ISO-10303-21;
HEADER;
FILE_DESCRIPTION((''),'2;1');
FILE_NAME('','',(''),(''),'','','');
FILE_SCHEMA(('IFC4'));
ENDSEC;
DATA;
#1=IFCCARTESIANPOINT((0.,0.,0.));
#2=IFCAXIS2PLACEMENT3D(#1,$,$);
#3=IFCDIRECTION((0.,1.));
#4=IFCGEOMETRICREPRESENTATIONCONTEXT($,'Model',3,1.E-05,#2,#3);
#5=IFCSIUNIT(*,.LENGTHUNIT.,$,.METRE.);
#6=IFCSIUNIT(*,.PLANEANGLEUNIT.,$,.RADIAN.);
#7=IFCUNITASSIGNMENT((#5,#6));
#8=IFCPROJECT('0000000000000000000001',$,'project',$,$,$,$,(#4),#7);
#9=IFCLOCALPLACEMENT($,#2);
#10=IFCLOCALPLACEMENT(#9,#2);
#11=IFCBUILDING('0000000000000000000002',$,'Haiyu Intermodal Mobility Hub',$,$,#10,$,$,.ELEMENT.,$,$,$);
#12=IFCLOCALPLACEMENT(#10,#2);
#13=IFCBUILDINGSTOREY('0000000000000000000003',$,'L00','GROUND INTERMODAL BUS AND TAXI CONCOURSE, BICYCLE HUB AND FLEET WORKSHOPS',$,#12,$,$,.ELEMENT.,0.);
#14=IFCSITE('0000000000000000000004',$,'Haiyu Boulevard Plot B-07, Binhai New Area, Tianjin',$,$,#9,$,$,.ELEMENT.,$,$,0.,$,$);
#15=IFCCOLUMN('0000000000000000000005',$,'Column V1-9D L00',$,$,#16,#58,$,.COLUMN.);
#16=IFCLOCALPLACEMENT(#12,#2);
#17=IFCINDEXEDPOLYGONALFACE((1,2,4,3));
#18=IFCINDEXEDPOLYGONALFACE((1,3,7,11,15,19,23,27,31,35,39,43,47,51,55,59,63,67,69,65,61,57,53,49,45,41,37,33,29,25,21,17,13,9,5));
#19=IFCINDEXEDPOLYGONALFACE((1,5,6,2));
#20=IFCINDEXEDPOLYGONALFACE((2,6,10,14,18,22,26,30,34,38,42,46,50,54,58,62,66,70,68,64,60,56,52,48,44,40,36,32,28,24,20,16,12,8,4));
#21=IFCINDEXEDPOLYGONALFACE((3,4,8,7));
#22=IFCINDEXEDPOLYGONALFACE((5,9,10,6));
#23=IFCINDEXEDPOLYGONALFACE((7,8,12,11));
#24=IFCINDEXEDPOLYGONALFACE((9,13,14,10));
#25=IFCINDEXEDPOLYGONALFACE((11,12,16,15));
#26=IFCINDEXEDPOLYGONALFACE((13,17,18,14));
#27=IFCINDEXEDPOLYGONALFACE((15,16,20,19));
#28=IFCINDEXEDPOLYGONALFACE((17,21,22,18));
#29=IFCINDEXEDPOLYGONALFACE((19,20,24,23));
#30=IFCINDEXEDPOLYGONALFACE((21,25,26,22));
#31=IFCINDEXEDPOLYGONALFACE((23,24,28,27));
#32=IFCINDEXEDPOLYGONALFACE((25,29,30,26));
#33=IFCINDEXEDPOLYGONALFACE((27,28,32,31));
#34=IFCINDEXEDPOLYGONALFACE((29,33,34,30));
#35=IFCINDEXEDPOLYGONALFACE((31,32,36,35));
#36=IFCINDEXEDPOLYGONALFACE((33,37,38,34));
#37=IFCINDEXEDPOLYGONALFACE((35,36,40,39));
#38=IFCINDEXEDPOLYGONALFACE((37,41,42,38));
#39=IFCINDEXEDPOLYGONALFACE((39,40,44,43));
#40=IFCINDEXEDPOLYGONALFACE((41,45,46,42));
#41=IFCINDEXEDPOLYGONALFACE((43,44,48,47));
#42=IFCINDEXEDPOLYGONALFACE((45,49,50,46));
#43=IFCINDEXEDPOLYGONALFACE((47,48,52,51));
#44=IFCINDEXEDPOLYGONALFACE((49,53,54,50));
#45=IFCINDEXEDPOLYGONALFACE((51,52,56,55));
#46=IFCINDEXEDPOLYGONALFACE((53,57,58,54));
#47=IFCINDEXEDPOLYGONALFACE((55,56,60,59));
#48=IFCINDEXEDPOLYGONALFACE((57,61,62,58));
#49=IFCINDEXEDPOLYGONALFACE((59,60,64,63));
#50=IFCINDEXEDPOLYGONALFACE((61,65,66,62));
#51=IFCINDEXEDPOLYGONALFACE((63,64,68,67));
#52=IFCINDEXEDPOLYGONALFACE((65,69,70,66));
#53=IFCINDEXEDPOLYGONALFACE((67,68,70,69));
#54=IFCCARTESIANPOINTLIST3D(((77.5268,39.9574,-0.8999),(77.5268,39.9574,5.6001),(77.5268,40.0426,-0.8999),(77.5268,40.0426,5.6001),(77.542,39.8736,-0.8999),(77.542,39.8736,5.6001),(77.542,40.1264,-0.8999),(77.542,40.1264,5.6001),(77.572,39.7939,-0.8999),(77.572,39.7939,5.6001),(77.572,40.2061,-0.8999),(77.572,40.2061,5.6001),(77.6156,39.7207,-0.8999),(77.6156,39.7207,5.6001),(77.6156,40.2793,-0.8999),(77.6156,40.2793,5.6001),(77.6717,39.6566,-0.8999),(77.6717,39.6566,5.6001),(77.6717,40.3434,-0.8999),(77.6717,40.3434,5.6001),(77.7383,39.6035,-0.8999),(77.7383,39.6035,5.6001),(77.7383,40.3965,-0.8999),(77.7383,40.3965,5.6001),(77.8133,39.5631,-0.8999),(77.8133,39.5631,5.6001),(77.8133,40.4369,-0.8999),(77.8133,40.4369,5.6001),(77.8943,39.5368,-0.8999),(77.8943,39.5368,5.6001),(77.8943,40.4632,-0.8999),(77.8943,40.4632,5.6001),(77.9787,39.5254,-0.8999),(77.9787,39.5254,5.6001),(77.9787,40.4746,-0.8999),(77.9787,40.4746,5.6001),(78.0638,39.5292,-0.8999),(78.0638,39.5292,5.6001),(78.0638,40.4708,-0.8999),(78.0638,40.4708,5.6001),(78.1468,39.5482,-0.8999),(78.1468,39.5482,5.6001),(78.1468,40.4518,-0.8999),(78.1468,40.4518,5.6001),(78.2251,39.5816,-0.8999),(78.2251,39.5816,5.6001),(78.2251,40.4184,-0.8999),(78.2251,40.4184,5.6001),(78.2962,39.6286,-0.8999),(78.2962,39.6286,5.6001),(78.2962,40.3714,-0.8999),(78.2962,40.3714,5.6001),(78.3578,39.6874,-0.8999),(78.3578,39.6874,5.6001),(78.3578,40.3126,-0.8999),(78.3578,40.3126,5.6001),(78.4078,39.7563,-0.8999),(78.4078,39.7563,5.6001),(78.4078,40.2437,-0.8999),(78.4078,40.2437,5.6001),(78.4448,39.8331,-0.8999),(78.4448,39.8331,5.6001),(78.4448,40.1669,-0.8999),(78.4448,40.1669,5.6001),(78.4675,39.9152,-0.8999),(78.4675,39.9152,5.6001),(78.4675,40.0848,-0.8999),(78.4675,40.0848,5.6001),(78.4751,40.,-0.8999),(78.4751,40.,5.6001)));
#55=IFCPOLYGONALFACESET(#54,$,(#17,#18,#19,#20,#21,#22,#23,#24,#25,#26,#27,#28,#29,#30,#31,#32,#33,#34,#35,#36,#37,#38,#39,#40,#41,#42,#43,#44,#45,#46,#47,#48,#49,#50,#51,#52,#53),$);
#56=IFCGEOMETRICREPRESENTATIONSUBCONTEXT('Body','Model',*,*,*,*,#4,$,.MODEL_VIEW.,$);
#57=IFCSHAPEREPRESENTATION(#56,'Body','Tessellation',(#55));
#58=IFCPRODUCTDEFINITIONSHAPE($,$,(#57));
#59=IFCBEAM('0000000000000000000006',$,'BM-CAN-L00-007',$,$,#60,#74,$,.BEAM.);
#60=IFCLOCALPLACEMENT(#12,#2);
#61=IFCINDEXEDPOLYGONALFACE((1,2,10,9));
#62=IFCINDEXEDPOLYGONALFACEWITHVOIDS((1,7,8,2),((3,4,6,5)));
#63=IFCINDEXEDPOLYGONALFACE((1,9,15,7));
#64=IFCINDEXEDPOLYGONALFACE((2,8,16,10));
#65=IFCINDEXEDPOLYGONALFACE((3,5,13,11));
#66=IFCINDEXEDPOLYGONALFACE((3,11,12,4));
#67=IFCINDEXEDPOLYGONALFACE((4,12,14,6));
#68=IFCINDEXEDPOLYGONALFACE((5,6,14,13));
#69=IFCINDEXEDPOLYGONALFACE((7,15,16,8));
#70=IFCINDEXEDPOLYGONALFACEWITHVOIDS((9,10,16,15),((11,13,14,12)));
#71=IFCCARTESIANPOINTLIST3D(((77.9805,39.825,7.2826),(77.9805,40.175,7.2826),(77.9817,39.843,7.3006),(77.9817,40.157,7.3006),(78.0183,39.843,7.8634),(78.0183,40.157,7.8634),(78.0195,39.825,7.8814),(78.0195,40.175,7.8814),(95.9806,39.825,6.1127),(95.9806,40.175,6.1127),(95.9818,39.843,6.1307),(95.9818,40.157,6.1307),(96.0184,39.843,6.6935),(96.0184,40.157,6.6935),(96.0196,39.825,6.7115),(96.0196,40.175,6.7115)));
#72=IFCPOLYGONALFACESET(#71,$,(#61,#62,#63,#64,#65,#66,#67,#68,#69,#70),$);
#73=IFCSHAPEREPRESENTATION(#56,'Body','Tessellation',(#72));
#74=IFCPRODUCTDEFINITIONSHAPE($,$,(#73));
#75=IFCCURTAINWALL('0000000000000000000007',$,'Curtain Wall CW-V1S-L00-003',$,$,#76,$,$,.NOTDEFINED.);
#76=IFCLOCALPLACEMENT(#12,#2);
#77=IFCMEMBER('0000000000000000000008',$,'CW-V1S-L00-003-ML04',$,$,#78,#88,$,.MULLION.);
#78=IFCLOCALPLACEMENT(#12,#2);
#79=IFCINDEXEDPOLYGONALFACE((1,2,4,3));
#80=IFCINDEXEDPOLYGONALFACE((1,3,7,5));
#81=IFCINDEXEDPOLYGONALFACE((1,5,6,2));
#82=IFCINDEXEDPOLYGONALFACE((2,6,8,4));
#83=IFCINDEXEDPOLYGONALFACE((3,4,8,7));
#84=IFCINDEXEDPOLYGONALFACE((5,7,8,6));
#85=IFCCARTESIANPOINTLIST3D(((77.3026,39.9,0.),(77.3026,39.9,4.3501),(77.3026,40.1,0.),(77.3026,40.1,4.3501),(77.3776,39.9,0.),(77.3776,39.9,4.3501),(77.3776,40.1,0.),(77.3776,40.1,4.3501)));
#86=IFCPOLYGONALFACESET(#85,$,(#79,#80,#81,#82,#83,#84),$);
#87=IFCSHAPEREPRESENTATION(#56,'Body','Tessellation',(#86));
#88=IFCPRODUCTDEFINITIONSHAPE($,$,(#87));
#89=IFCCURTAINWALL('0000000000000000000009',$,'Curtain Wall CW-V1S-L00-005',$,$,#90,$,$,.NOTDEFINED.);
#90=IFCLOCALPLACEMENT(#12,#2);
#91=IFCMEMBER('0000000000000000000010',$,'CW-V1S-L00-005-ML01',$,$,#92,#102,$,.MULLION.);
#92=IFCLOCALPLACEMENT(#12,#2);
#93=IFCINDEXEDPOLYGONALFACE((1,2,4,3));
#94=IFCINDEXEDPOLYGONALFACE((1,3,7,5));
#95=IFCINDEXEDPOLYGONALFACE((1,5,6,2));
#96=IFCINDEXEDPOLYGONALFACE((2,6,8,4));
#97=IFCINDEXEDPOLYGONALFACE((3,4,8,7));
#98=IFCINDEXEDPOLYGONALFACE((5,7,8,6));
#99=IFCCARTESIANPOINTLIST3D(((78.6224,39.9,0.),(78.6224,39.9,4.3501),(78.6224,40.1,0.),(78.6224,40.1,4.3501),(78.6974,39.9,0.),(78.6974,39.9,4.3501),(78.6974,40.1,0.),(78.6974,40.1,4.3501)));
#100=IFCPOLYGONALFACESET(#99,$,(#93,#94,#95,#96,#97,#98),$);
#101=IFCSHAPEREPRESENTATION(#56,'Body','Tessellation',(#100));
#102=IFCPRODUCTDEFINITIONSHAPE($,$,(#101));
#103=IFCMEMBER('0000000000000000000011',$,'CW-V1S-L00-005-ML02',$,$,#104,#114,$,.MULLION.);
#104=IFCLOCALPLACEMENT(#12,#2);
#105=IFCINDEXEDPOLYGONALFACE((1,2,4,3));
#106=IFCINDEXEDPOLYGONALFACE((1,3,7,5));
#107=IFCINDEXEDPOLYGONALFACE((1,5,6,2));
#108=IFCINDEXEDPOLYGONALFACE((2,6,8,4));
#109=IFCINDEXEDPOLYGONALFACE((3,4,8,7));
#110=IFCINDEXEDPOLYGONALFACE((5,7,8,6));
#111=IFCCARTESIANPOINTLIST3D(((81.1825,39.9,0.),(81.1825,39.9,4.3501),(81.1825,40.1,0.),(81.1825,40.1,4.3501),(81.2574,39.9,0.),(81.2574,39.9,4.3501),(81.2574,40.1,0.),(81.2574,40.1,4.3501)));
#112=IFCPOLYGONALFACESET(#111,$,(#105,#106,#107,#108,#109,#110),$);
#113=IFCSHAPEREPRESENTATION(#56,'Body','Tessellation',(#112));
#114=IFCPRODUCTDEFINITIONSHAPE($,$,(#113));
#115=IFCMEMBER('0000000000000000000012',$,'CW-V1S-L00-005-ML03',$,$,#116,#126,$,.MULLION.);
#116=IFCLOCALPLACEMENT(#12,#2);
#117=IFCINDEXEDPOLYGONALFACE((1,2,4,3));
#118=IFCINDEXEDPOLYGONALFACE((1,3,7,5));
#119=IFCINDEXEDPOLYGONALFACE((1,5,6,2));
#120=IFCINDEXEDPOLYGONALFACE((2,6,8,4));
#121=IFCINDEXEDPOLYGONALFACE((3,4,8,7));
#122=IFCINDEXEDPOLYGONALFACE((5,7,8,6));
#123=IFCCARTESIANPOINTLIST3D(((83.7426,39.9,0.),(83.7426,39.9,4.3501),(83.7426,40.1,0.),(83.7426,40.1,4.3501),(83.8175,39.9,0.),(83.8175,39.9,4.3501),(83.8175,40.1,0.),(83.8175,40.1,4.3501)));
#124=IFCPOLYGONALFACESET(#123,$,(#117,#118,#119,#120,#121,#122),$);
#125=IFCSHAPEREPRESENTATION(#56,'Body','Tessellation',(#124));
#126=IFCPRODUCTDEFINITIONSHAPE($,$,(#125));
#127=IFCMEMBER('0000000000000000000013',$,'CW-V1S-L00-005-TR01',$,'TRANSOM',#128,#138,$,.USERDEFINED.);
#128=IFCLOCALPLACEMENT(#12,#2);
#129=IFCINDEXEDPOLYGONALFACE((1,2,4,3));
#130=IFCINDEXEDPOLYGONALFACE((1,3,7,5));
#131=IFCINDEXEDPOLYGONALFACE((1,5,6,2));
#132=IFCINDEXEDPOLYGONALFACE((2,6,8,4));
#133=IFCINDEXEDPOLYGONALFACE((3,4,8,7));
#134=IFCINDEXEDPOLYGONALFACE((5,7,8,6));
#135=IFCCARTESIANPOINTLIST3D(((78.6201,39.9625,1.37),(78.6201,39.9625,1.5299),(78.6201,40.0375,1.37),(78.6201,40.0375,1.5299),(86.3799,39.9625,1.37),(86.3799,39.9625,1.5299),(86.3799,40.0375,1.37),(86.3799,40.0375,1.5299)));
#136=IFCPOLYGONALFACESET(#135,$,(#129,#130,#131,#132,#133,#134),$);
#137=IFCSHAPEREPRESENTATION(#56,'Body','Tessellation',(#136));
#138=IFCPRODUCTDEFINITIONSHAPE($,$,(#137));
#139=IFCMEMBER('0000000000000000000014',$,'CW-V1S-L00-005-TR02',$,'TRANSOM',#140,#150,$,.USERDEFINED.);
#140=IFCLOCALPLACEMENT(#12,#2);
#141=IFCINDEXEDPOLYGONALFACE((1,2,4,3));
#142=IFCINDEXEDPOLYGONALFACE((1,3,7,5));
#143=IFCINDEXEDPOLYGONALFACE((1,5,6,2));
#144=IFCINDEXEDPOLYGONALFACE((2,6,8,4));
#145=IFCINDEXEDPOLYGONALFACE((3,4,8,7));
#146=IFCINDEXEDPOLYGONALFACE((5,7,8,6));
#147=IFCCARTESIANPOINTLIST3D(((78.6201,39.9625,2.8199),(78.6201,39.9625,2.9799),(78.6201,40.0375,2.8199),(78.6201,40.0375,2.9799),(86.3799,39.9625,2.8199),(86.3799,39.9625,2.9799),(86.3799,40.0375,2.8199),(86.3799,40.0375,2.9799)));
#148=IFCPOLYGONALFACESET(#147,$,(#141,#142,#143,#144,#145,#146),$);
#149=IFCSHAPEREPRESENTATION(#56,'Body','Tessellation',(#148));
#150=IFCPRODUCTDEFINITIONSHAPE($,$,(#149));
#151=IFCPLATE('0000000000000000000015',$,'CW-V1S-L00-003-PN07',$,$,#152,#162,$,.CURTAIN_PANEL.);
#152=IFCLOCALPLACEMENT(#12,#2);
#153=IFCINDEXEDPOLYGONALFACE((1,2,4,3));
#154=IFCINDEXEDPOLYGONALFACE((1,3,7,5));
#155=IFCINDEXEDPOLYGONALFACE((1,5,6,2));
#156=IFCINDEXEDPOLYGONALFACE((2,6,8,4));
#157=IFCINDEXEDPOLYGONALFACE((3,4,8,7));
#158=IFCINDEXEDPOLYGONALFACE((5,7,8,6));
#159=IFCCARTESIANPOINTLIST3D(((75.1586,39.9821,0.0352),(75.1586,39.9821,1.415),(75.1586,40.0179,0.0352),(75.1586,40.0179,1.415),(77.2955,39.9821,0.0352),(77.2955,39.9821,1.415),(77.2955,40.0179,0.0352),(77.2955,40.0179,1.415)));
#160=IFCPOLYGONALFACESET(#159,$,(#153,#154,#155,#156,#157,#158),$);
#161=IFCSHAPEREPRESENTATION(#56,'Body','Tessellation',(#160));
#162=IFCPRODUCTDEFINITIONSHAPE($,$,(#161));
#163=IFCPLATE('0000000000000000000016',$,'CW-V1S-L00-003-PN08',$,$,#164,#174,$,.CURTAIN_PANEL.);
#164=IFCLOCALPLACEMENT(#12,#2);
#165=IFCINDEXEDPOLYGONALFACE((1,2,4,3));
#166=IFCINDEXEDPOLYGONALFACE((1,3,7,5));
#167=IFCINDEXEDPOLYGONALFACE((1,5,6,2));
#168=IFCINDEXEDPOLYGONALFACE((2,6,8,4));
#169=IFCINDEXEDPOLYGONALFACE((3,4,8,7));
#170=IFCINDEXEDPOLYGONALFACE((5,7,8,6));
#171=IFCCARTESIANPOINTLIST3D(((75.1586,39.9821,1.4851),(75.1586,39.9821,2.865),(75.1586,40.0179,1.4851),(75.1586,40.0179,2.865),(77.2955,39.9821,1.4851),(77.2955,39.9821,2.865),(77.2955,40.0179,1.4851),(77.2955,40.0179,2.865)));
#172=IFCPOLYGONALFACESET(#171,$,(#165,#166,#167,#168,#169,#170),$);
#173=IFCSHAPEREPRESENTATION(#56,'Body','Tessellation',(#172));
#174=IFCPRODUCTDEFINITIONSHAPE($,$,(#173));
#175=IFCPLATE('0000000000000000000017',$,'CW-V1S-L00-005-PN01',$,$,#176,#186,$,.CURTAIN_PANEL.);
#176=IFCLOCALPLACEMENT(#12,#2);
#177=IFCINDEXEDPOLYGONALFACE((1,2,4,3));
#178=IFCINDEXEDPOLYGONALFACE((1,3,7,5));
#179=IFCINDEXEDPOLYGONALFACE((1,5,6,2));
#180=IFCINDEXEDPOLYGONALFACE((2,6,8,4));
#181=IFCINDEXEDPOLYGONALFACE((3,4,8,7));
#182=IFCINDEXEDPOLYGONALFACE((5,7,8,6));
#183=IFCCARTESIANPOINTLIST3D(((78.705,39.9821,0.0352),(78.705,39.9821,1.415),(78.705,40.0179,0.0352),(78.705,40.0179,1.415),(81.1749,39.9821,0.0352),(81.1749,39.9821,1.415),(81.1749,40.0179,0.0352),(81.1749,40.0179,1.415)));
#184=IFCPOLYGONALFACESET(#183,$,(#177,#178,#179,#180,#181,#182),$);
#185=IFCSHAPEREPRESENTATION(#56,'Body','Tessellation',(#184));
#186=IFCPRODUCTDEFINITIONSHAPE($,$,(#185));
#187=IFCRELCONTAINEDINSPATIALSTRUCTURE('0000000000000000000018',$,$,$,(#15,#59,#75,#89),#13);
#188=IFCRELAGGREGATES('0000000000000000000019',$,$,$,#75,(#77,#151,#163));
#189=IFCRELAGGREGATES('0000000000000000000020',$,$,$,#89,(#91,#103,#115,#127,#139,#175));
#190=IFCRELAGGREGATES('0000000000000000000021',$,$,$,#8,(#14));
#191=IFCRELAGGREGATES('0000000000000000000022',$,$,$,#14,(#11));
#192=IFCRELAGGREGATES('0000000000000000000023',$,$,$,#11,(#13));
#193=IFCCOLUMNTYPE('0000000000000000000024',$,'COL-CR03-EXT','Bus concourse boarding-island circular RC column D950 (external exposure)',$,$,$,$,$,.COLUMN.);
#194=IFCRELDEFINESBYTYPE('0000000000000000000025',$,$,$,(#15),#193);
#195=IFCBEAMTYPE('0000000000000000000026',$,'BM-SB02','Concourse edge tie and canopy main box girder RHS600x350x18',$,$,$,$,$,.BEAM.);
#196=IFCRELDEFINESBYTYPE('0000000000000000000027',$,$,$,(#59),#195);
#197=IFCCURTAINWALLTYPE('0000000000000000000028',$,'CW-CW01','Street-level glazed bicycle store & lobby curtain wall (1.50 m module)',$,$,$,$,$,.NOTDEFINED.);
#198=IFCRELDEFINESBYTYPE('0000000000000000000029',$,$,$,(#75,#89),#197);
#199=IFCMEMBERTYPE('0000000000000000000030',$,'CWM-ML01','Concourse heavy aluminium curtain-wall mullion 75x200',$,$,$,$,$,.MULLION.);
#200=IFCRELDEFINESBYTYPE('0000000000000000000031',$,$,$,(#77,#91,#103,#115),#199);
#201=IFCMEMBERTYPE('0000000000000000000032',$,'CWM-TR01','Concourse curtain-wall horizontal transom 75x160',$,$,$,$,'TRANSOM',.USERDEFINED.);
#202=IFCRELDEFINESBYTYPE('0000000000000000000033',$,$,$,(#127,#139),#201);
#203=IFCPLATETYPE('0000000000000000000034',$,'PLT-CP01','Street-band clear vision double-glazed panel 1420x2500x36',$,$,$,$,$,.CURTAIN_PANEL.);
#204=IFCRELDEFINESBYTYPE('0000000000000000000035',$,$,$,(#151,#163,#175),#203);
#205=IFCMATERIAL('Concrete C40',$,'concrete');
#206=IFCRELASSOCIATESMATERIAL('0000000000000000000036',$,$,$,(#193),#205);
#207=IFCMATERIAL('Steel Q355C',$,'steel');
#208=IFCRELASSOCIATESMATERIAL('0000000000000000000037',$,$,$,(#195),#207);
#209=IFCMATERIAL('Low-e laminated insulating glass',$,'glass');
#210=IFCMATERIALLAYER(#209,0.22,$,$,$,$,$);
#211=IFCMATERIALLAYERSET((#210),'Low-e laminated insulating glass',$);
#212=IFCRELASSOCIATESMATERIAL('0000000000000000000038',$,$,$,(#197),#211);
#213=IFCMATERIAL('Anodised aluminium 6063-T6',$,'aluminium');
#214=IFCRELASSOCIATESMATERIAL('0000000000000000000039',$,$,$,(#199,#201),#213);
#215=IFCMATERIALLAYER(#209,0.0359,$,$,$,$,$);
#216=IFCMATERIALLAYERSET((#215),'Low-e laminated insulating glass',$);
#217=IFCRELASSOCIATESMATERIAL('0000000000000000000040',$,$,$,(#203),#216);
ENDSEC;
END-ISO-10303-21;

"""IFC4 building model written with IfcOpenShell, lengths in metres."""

from ifc_helpers import new_model, si_unit, direction, frame, origin, origin_2d, place, context, subcontext, project, spatial, rectangle, hollow_rectangle, circle, extrude, material, layer, layer_set, material_profile, profile_set, type_object, element, aggregate, save


model = new_model("IFC4")

# Units and contexts
model_context = context("Model", 3, precision=1e-05, world=origin(), true_north=direction((0.0, 1.0)))
body_context = subcontext(model_context, "Body", "Model", "MODEL_VIEW")
ifc_project = project(units=[si_unit("LENGTHUNIT", "METRE"), si_unit("PLANEANGLEUNIT", "RADIAN")], contexts=[model_context])

# Site, building, storey
site_placement = place(None, origin())
site = spatial("IfcSite", under=ifc_project, at=site_placement, Name="Haiyu Boulevard Plot B-07, Binhai New Area, Tianjin", CompositionType="ELEMENT", RefElevation=0.0)
building_placement = place(site_placement, origin())
building = spatial("IfcBuilding", under=site, at=building_placement, Name="Haiyu Intermodal Mobility Hub", CompositionType="ELEMENT")
storey_placement = place(building_placement, origin())
storey = spatial("IfcBuildingStorey", under=building, at=storey_placement, Name="L00", Description="GROUND INTERMODAL BUS AND TAXI CONCOURSE, BICYCLE HUB AND FLEET WORKSHOPS", CompositionType="ELEMENT", Elevation=0.0)

# Shared definitions
ifc_material_1 = material(Name="Concrete C40", Category="concrete")

# Column
ifc_material_profile_1 = material_profile(ifc_material_1, circle(Radius=0.4751, at=origin_2d()), Name="RCCOL-D950")
ifc_profile_set_1 = profile_set([ifc_material_profile_1], Name="Concrete C40")
column_type_1 = type_object("IfcColumnType", Name="COL-CR03-EXT", Description="Bus concourse boarding-island circular RC column D950 (external exposure)", PredefinedType="COLUMN", material=ifc_profile_set_1)
column_1_placement = place(storey_placement, frame((78.0, 40.0, -0.8999), z_axis=(0.0, 0.0, 1.0), x_axis=(1.0, 0.0, 0.0)))
element("IfcColumn", 1, at=column_1_placement, inside=storey, type_object=column_type_1, Name="Column V1-9D L00", PredefinedType="COLUMN", context=body_context, shape_type="SweptSolid", body=[
    extrude(circle(Radius=0.4751, at=origin_2d()), origin(), (0.0, 0.0, 1.0), 6.5),
])

# Beam
ifc_material_2 = material(Name="Steel Q355C", Category="steel")
ifc_material_profile_2 = material_profile(ifc_material_2, hollow_rectangle(XDim=0.3501, YDim=0.6001, WallThickness=0.0181, at=origin_2d()), Name="RHS600x350x18")
ifc_profile_set_2 = profile_set([ifc_material_profile_2], Name="Steel Q355C")
beam_type = type_object("IfcBeamType", Name="BM-SB02", Description="Concourse edge tie and canopy main box girder RHS600x350x18", PredefinedType="BEAM", material=ifc_profile_set_2)
beam_placement = place(storey_placement, frame((78.0, 40.0, 7.582), z_axis=(0.997894, 0.0, -0.064859), x_axis=(0.0, 1.0, 0.0)))
element("IfcBeam", 2, at=beam_placement, inside=storey, type_object=beam_type, Name="BM-CAN-L00-007", PredefinedType="BEAM", context=body_context, shape_type="SweptSolid", body=[
    extrude(hollow_rectangle(XDim=0.3501, YDim=0.6001, WallThickness=0.0181, at=origin_2d()), origin(), (0.0, 0.0, 1.0), 18.0381),
])

# Curtain wall, member
ifc_material_3 = material(Name="Low-e laminated insulating glass", Category="glass")
ifc_layer_1 = layer(ifc_material_3, 0.22)
ifc_layer_set_1 = layer_set([ifc_layer_1], Name="Low-e laminated insulating glass")
curtain_wall_type = type_object("IfcCurtainWallType", Name="CW-CW01", Description="Street-level glazed bicycle store & lobby curtain wall (1.50 m module)", PredefinedType="NOTDEFINED", material=ifc_layer_set_1)
curtain_wall_1_placement = place(storey_placement, origin())
curtain_wall_1 = element("IfcCurtainWall", 3, at=curtain_wall_1_placement, inside=storey, type_object=curtain_wall_type, Name="Curtain Wall CW-V1S-L00-003", PredefinedType="NOTDEFINED")
ifc_material_4 = material(Name="Anodised aluminium 6063-T6", Category="aluminium")
ifc_material_profile_3 = material_profile(ifc_material_4, rectangle(XDim=0.075, YDim=0.2, at=origin_2d()), Name="ALU75x200")
ifc_profile_set_3 = profile_set([ifc_material_profile_3], Name="Anodised aluminium 6063-T6")
member_type_1 = type_object("IfcMemberType", Name="CWM-ML01", Description="Concourse heavy aluminium curtain-wall mullion 75x200", PredefinedType="MULLION", material=ifc_profile_set_3)
member_1_placement = place(storey_placement, frame((77.3401, 40.0, 0.0), z_axis=(0.0, 0.0, 1.0), x_axis=(1.0, 0.0, 0.0)))
member_1 = element("IfcMember", 4, at=member_1_placement, type_object=member_type_1, Name="CW-V1S-L00-003-ML04", PredefinedType="MULLION", context=body_context, shape_type="SweptSolid", body=[
    extrude(rectangle(XDim=0.075, YDim=0.2, at=origin_2d()), origin(), (0.0, 0.0, 1.0), 4.3501),
])

# Curtain wall, members
curtain_wall_2_placement = place(storey_placement, origin())
curtain_wall_2 = element("IfcCurtainWall", 5, at=curtain_wall_2_placement, inside=storey, type_object=curtain_wall_type, Name="Curtain Wall CW-V1S-L00-005", PredefinedType="NOTDEFINED")
member_2_placement = place(storey_placement, frame((78.6599, 40.0, 0.0), z_axis=(0.0, 0.0, 1.0), x_axis=(1.0, 0.0, 0.0)))
member_2 = element("IfcMember", 6, at=member_2_placement, type_object=member_type_1, Name="CW-V1S-L00-005-ML01", PredefinedType="MULLION", context=body_context, shape_type="SweptSolid", body=[
    extrude(rectangle(XDim=0.075, YDim=0.2, at=origin_2d()), origin(), (0.0, 0.0, 1.0), 4.3501),
])
member_3_placement = place(storey_placement, frame((81.22, 40.0, 0.0), z_axis=(0.0, 0.0, 1.0), x_axis=(1.0, 0.0, 0.0)))
member_3 = element("IfcMember", 7, at=member_3_placement, type_object=member_type_1, Name="CW-V1S-L00-005-ML02", PredefinedType="MULLION", context=body_context, shape_type="SweptSolid", body=[
    extrude(rectangle(XDim=0.075, YDim=0.2, at=origin_2d()), origin(), (0.0, 0.0, 1.0), 4.3501),
])
member_4_placement = place(storey_placement, frame((83.78, 40.0, 0.0), z_axis=(0.0, 0.0, 1.0), x_axis=(1.0, 0.0, 0.0)))
member_4 = element("IfcMember", 8, at=member_4_placement, type_object=member_type_1, Name="CW-V1S-L00-005-ML03", PredefinedType="MULLION", context=body_context, shape_type="SweptSolid", body=[
    extrude(rectangle(XDim=0.075, YDim=0.2, at=origin_2d()), origin(), (0.0, 0.0, 1.0), 4.3501),
])
ifc_material_profile_4 = material_profile(ifc_material_4, rectangle(XDim=0.075, YDim=0.1599, at=origin_2d()), Name="ALU75x160")
ifc_profile_set_4 = profile_set([ifc_material_profile_4], Name="Anodised aluminium 6063-T6")
member_type_2 = type_object("IfcMemberType", Name="CWM-TR01", Description="Concourse curtain-wall horizontal transom 75x160", ElementType="TRANSOM", PredefinedType="USERDEFINED", material=ifc_profile_set_4)
member_5_placement = place(storey_placement, frame((78.6201, 40.0, 1.45), z_axis=(1.0, 0.0, 0.0), x_axis=(0.0, 1.0, 0.0)))
member_5 = element("IfcMember", 9, at=member_5_placement, type_object=member_type_2, Name="CW-V1S-L00-005-TR01", ObjectType="TRANSOM", PredefinedType="USERDEFINED", context=body_context, shape_type="SweptSolid", body=[
    extrude(rectangle(XDim=0.075, YDim=0.1599, at=origin_2d()), origin(), (0.0, 0.0, 1.0), 7.7598),
])
member_6_placement = place(storey_placement, frame((78.6201, 40.0, 2.8999), z_axis=(1.0, 0.0, 0.0), x_axis=(0.0, 1.0, 0.0)))
member_6 = element("IfcMember", 10, at=member_6_placement, type_object=member_type_2, Name="CW-V1S-L00-005-TR02", ObjectType="TRANSOM", PredefinedType="USERDEFINED", context=body_context, shape_type="SweptSolid", body=[
    extrude(rectangle(XDim=0.075, YDim=0.1599, at=origin_2d()), origin(), (0.0, 0.0, 1.0), 7.7598),
])

# Plates
ifc_layer_2 = layer(ifc_material_3, 0.0359)
ifc_layer_set_2 = layer_set([ifc_layer_2], Name="Low-e laminated insulating glass")
plate_type_1 = type_object("IfcPlateType", Name="PLT-CP01", Description="Street-band clear vision double-glazed panel 1420x2500x36", PredefinedType="CURTAIN_PANEL", material=ifc_layer_set_2)
plate_1_placement = place(storey_placement, frame((76.2271, 40.0, 0.0352), z_axis=(0.0, 0.0, 1.0), x_axis=(1.0, 0.0, 0.0)))
plate_1 = element("IfcPlate", 11, at=plate_1_placement, type_object=plate_type_1, Name="CW-V1S-L00-003-PN07", PredefinedType="CURTAIN_PANEL", context=body_context, shape_type="SweptSolid", body=[
    extrude(rectangle(XDim=2.137, YDim=0.0359, at=origin_2d()), origin(), (0.0, 0.0, 1.0), 1.3799),
])
plate_2_placement = place(storey_placement, frame((76.2271, 40.0, 1.4851), z_axis=(0.0, 0.0, 1.0), x_axis=(1.0, 0.0, 0.0)))
plate_2 = element("IfcPlate", 12, at=plate_2_placement, type_object=plate_type_1, Name="CW-V1S-L00-003-PN08", PredefinedType="CURTAIN_PANEL", context=body_context, shape_type="SweptSolid", body=[
    extrude(rectangle(XDim=2.137, YDim=0.0359, at=origin_2d()), origin(), (0.0, 0.0, 1.0), 1.3799),
])
plate_3_placement = place(storey_placement, frame((79.9399, 40.0, 0.0352), z_axis=(0.0, 0.0, 1.0), x_axis=(1.0, 0.0, 0.0)))
plate_3 = element("IfcPlate", 13, at=plate_3_placement, type_object=plate_type_1, Name="CW-V1S-L00-005-PN01", PredefinedType="CURTAIN_PANEL", context=body_context, shape_type="SweptSolid", body=[
    extrude(rectangle(XDim=2.47, YDim=0.0359, at=origin_2d()), origin(), (0.0, 0.0, 1.0), 1.3799),
])
aggregate(curtain_wall_1, [member_1, plate_1, plate_2])
aggregate(curtain_wall_2, [member_2, member_3, member_4, member_5, member_6, plate_3])

save(model, "model.ifc")
